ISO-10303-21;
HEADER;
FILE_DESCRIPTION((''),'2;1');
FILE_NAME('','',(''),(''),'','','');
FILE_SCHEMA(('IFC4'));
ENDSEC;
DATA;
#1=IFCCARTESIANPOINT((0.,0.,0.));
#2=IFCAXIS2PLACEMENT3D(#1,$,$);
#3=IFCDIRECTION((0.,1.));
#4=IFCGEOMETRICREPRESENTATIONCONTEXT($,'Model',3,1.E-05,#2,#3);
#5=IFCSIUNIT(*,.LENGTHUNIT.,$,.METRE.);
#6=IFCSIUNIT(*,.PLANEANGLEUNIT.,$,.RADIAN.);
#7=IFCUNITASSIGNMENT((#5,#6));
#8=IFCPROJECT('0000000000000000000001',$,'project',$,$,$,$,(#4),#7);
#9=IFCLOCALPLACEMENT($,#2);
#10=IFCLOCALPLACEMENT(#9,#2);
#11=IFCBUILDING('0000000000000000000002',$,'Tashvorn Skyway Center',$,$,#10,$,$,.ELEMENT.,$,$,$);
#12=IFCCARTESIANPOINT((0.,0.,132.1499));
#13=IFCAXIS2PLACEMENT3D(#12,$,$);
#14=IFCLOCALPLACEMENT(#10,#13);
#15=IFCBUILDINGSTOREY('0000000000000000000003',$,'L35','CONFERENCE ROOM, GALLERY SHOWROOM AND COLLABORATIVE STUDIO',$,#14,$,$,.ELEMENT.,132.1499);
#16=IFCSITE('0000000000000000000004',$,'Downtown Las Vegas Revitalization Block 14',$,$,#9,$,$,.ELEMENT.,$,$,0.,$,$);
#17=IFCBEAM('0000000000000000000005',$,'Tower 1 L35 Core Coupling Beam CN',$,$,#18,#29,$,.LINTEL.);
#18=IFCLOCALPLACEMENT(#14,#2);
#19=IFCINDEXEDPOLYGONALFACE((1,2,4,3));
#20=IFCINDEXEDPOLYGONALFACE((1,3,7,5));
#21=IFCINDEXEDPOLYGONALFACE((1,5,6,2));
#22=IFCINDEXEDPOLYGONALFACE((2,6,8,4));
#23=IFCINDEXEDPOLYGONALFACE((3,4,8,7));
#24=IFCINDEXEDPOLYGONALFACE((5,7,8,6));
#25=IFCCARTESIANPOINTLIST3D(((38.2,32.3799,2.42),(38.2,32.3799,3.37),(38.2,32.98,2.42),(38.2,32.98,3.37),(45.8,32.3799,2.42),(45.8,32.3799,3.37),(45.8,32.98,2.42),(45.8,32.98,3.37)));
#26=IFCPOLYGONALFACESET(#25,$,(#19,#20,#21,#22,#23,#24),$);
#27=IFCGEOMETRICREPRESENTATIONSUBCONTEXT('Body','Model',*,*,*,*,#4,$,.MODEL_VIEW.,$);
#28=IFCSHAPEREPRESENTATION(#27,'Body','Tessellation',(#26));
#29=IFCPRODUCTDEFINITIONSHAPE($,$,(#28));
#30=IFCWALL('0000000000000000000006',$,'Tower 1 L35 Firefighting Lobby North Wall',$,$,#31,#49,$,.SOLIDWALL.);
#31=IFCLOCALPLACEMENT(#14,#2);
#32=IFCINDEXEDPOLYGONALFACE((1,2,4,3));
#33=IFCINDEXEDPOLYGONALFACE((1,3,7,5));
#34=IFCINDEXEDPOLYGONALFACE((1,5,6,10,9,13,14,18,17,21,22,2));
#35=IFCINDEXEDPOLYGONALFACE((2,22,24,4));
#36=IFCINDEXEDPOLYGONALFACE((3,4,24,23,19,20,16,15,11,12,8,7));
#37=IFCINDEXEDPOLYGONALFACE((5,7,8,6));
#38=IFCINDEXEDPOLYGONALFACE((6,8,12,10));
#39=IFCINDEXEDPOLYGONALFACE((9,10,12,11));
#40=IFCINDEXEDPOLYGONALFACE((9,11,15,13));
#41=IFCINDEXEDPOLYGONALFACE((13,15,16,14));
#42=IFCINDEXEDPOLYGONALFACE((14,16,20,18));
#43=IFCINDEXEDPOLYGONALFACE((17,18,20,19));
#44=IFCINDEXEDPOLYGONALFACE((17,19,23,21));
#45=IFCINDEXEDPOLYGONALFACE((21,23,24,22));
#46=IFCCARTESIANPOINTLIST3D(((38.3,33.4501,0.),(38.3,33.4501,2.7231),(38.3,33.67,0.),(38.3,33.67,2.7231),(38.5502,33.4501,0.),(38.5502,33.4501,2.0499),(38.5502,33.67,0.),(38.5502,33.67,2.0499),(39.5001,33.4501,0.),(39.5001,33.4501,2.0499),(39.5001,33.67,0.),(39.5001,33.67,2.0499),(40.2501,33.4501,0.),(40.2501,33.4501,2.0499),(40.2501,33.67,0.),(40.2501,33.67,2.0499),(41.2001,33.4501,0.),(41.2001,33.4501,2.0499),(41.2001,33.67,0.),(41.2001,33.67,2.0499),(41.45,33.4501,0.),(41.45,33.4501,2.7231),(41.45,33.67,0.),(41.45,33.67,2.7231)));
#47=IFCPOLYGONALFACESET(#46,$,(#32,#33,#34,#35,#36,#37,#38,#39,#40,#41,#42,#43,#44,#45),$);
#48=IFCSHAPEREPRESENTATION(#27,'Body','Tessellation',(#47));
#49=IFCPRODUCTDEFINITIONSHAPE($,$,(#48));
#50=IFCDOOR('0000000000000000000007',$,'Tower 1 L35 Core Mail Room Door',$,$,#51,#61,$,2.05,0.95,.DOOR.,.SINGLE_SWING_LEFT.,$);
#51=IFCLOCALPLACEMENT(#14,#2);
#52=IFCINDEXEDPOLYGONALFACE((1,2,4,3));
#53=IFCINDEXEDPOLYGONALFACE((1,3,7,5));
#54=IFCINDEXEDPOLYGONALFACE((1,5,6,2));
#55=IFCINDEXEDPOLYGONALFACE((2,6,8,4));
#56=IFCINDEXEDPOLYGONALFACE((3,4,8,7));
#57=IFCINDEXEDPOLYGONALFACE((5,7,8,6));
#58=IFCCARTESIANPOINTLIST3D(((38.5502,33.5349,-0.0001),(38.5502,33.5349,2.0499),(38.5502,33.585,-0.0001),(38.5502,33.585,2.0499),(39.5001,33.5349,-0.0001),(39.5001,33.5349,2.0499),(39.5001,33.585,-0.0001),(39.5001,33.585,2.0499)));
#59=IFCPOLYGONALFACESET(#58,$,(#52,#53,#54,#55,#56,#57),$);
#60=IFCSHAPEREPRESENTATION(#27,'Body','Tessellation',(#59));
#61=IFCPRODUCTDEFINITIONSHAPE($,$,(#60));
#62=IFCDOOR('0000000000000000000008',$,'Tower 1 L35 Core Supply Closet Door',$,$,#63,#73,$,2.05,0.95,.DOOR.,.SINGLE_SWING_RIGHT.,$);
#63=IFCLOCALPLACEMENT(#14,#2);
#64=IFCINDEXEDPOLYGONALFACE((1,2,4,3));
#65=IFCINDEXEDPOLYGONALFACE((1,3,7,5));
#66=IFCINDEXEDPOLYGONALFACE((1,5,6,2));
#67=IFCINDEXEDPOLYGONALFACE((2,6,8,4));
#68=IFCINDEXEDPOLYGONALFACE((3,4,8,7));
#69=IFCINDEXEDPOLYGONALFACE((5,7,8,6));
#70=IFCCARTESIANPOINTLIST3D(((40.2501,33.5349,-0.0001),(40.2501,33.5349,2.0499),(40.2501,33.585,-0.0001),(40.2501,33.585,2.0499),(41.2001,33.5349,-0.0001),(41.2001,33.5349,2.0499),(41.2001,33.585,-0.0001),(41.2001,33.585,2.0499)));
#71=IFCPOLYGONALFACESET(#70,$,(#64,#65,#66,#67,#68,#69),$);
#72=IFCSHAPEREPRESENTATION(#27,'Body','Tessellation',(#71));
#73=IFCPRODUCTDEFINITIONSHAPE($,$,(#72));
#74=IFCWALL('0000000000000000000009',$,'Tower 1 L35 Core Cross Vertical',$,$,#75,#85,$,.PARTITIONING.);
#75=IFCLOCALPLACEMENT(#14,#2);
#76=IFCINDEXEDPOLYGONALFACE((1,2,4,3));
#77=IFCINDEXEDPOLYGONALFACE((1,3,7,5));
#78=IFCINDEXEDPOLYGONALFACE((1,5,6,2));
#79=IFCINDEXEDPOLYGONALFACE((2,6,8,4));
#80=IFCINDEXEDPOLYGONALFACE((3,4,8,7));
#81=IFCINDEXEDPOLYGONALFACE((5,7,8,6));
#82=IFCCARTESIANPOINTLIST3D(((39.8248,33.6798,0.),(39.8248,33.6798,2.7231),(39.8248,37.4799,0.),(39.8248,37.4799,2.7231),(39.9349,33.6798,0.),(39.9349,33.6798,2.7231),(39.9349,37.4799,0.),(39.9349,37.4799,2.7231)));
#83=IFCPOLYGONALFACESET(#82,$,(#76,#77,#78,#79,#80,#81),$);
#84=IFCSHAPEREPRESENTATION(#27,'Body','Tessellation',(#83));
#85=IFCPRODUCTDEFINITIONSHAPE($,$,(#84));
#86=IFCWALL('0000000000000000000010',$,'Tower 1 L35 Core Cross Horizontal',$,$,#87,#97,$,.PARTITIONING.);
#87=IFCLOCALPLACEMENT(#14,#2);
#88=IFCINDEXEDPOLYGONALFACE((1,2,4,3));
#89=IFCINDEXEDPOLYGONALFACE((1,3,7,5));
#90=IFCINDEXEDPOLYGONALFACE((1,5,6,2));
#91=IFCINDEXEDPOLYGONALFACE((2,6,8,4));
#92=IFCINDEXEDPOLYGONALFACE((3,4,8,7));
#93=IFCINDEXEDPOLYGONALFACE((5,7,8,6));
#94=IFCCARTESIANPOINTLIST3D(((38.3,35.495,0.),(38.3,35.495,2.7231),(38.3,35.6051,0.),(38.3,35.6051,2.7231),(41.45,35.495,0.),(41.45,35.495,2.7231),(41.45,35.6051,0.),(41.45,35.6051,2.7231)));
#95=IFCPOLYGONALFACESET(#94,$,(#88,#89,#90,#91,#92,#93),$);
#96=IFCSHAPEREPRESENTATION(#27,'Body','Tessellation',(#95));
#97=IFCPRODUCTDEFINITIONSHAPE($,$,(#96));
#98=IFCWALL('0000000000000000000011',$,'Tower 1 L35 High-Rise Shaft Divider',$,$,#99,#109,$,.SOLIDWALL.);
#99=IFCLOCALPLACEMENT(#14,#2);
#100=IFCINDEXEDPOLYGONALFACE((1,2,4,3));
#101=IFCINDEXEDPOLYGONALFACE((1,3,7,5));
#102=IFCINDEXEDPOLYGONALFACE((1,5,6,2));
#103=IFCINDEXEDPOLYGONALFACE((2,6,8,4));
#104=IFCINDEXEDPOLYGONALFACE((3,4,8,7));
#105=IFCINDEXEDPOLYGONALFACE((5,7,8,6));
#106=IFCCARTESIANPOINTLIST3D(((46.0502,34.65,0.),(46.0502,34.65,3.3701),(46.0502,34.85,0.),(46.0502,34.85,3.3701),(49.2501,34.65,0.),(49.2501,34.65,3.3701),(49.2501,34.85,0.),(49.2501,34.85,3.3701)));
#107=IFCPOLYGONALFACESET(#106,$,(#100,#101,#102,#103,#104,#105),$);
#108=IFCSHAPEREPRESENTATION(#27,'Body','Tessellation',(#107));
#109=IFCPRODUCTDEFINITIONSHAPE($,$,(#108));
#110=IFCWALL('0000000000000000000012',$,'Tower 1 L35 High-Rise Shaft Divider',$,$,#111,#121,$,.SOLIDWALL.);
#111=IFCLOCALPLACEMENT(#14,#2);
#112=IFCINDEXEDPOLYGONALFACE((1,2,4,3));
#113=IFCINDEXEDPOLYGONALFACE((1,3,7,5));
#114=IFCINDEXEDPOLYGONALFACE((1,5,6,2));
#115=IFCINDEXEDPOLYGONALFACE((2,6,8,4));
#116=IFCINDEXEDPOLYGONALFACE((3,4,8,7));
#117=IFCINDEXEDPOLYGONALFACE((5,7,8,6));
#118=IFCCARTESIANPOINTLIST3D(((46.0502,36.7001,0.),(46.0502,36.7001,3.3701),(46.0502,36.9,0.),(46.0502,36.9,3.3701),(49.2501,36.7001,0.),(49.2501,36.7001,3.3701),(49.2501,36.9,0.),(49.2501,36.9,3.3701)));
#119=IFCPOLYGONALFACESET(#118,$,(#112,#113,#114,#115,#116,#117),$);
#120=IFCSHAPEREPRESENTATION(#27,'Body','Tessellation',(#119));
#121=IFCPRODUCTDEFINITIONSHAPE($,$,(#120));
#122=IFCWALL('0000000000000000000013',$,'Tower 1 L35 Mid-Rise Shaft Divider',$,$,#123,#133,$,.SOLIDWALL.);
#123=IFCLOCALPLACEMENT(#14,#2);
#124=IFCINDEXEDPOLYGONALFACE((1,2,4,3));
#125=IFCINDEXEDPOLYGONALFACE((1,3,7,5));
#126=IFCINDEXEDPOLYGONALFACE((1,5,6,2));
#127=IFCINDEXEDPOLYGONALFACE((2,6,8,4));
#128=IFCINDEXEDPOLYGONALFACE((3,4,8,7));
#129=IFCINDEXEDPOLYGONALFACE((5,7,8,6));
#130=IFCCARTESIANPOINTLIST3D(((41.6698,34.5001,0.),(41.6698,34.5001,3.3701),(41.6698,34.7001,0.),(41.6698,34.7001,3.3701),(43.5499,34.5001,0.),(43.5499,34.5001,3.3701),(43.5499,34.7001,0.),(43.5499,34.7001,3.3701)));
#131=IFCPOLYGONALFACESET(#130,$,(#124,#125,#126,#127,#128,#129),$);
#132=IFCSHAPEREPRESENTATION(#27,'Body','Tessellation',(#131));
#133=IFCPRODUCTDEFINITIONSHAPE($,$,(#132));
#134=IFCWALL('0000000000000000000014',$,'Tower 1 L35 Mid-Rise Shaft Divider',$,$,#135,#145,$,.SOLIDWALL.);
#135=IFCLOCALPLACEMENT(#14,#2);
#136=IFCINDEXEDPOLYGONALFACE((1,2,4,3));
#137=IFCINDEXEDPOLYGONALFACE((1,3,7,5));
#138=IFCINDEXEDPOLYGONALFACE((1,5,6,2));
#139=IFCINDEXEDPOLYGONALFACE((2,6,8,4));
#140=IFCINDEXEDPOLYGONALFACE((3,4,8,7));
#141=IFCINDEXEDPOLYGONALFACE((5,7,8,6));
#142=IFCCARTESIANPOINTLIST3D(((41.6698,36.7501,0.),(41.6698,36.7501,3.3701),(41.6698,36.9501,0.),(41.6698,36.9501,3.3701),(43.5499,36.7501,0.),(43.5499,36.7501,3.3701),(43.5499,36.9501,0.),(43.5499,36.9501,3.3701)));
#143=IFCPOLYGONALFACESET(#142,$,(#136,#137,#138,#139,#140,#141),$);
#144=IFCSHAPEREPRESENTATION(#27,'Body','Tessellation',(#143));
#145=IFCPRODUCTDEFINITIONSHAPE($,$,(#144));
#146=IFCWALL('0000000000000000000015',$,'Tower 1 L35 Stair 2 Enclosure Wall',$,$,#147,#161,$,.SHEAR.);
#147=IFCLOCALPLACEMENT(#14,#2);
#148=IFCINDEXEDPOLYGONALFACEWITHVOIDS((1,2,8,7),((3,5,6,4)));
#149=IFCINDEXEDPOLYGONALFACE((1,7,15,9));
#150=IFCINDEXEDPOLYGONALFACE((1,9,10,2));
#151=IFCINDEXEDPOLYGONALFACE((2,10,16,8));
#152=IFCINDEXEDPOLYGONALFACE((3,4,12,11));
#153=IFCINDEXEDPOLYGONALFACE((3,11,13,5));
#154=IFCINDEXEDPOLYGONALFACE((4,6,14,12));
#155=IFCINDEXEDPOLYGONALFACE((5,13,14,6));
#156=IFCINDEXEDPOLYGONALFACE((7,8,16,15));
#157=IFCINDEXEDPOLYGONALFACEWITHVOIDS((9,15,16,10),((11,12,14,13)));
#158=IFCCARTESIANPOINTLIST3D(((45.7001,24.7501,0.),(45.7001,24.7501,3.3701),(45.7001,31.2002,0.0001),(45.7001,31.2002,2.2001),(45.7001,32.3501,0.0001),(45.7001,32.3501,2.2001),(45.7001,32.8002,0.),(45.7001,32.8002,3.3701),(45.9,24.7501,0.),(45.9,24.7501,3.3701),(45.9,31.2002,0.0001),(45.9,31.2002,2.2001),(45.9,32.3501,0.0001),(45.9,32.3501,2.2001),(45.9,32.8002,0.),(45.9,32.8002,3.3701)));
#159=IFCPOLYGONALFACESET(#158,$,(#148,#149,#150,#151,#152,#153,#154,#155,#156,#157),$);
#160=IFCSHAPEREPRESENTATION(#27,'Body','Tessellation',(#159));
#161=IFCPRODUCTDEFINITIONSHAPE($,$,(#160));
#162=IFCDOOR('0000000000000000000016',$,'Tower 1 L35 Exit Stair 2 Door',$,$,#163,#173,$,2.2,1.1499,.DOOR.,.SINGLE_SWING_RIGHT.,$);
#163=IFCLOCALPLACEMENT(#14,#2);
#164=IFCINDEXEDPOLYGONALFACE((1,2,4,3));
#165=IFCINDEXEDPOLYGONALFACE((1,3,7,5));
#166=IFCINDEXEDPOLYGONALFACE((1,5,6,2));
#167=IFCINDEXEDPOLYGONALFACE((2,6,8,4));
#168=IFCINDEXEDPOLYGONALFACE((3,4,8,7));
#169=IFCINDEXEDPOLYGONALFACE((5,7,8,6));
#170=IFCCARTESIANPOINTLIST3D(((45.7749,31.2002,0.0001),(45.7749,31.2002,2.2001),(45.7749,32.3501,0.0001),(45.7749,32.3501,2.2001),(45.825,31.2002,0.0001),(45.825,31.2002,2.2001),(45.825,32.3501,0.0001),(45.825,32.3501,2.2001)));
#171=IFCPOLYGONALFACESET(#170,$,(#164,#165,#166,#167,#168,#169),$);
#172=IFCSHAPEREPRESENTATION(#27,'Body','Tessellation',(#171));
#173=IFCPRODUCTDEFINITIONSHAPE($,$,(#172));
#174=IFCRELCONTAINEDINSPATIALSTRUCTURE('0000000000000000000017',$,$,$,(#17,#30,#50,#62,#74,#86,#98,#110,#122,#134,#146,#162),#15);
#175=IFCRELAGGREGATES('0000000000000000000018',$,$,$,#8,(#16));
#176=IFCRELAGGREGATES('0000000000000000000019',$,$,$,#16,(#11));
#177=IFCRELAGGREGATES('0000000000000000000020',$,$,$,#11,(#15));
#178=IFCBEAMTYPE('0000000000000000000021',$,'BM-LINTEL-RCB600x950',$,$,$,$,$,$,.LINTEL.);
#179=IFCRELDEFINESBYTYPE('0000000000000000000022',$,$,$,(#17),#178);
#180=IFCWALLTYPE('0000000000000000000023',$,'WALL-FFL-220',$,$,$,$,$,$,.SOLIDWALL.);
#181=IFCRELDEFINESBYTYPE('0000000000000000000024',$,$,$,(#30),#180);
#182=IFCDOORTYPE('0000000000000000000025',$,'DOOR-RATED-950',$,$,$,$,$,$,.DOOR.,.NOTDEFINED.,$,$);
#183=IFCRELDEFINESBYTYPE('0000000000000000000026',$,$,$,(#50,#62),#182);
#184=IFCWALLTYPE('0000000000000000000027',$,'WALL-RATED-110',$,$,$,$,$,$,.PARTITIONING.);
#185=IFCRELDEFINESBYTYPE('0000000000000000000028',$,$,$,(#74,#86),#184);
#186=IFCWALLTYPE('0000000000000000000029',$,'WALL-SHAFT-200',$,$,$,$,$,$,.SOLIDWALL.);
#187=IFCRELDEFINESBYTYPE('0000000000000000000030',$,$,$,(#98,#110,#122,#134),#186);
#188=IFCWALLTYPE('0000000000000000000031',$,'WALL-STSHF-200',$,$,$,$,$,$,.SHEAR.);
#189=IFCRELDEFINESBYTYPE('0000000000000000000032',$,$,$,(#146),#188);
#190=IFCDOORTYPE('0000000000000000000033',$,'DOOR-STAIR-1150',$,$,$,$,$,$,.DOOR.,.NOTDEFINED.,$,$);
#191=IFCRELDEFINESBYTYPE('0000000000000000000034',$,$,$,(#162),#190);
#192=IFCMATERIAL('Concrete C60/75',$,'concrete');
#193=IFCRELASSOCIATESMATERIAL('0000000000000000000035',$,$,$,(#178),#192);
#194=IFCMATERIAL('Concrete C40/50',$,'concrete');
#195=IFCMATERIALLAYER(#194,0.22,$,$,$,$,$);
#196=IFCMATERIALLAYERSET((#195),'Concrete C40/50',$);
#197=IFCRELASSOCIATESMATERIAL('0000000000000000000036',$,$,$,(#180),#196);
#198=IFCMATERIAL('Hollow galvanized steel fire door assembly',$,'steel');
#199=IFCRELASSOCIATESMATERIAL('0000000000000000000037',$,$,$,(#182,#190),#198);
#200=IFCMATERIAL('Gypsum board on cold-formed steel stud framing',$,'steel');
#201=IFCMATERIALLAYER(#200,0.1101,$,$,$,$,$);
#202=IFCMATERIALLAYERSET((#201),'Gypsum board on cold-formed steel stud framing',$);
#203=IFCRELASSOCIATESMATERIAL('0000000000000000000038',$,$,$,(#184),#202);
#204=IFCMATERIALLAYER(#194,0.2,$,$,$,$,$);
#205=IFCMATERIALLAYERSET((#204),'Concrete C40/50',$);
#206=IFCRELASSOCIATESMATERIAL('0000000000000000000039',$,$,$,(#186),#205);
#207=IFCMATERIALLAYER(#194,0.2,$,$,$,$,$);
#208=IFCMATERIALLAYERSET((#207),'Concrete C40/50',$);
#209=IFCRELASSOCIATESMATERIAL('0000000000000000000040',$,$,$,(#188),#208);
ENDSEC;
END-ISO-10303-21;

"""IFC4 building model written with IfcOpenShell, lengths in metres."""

from ifc_helpers import new_model, si_unit, direction, frame, frame_2d, origin, origin_2d, place, context, subcontext, project, spatial, rectangle, extrude, material, layer, layer_set, material_profile, profile_set, type_object, element, fill, save


model = new_model("IFC4")

# Units and contexts
model_context = context("Model", 3, precision=1e-05, world=origin(), true_north=direction((0.0, 1.0)))
body_context = subcontext(model_context, "Body", "Model", "MODEL_VIEW")
ifc_project = project(units=[si_unit("LENGTHUNIT", "METRE"), si_unit("PLANEANGLEUNIT", "RADIAN")], contexts=[model_context])

# Site, building, storey
site_placement = place(None, origin())
site = spatial("IfcSite", under=ifc_project, at=site_placement, Name="Downtown Las Vegas Revitalization Block 14", CompositionType="ELEMENT", RefElevation=0.0)
building_placement = place(site_placement, origin())
building = spatial("IfcBuilding", under=site, at=building_placement, Name="Tashvorn Skyway Center", CompositionType="ELEMENT")
storey_placement = place(building_placement, frame((0.0, 0.0, 132.1499)))
storey = spatial("IfcBuildingStorey", under=building, at=storey_placement, Name="L35", Description="CONFERENCE ROOM, GALLERY SHOWROOM AND COLLABORATIVE STUDIO", CompositionType="ELEMENT", Elevation=132.1499)

# Beam
ifc_material_1 = material(Name="Concrete C60/75", Category="concrete")
ifc_material_profile = material_profile(ifc_material_1, rectangle(XDim=0.6001, YDim=0.95, at=origin_2d()), Name="RCB600x950")
ifc_profile_set = profile_set([ifc_material_profile], Name="Concrete C60/75")
beam_type = type_object("IfcBeamType", Name="BM-LINTEL-RCB600x950", PredefinedType="LINTEL", material=ifc_profile_set)
beam_placement = place(storey_placement, frame((38.2, 32.6799, 2.895), z_axis=(1.0, 0.0, 0.0), x_axis=(0.0, 1.0, 0.0)))
element("IfcBeam", 1, at=beam_placement, inside=storey, type_object=beam_type, Name="Tower 1 L35 Core Coupling Beam CN", PredefinedType="LINTEL", context=body_context, shape_type="SweptSolid", body=[
    extrude(rectangle(XDim=0.6001, YDim=0.95, at=origin_2d()), origin(), (0.0, 0.0, 1.0), 7.6001),
])

# Wall, openings, doors
ifc_material_2 = material(Name="Concrete C40/50", Category="concrete")
ifc_layer_1 = layer(ifc_material_2, 0.22)
ifc_layer_set_1 = layer_set([ifc_layer_1], Name="Concrete C40/50")
wall_type_1 = type_object("IfcWallType", Name="WALL-FFL-220", PredefinedType="SOLIDWALL", material=ifc_layer_set_1)
wall_1_placement = place(storey_placement, frame((38.3, 33.5601, 0.0), z_axis=(0.0, 0.0, 1.0), x_axis=(1.0, 0.0, 0.0)))
wall_1 = element("IfcWall", 2, at=wall_1_placement, inside=storey, type_object=wall_type_1, Name="Tower 1 L35 Firefighting Lobby North Wall", PredefinedType="SOLIDWALL", context=body_context, shape_type="SweptSolid", body=[
    extrude(rectangle(XDim=3.1499, YDim=0.22, at=frame_2d((1.575, 0.0))), origin(), (0.0, 0.0, 1.0), 2.7231),
])
opening_1_placement = place(wall_1_placement, frame((0.25, 0.0, 0.0)))
opening_1 = element("IfcOpeningElement", 3, at=opening_1_placement, cuts=wall_1, PredefinedType="OPENING", context=body_context, shape_type="SweptSolid", body=[
    extrude(rectangle(XDim=0.95, YDim=2.05, at=frame_2d((0.4751, 1.0249))), frame((0.0, 0.1199, 0.0), z_axis=(0.0, -1.0, 0.0), x_axis=(1.0, 0.0, 0.0)), (0.0, 0.0, 1.0), 0.24),
])
opening_2_placement = place(wall_1_placement, frame((1.95, 0.0, 0.0)))
opening_2 = element("IfcOpeningElement", 4, at=opening_2_placement, cuts=wall_1, PredefinedType="OPENING", context=body_context, shape_type="SweptSolid", body=[
    extrude(rectangle(XDim=0.95, YDim=2.05, at=frame_2d((0.4751, 1.0249))), frame((0.0, 0.1199, 0.0), z_axis=(0.0, -1.0, 0.0), x_axis=(1.0, 0.0, 0.0)), (0.0, 0.0, 1.0), 0.24),
])
ifc_material_3 = material(Name="Hollow galvanized steel fire door assembly", Category="steel")
door_type_1 = type_object("IfcDoorType", Name="DOOR-RATED-950", OperationType="NOTDEFINED", PredefinedType="DOOR", material=ifc_material_3)
door_1_placement = place(opening_1_placement, origin())
door_1 = element("IfcDoor", 5, at=door_1_placement, inside=storey, type_object=door_type_1, Name="Tower 1 L35 Core Mail Room Door", OperationType="SINGLE_SWING_LEFT", OverallHeight=2.05, OverallWidth=0.95, PredefinedType="DOOR", context=body_context, shape_type="SweptSolid", body=[
    extrude(rectangle(XDim=0.95, YDim=2.05, at=frame_2d((0.4751, 1.0249))), frame((0.0, 0.0249, 0.0), z_axis=(0.0, -1.0, 0.0), x_axis=(1.0, 0.0, 0.0)), (0.0, 0.0, 1.0), 0.05),
])
fill(opening_1, door_1)
door_2_placement = place(opening_2_placement, origin())
door_2 = element("IfcDoor", 6, at=door_2_placement, inside=storey, type_object=door_type_1, Name="Tower 1 L35 Core Supply Closet Door", OperationType="SINGLE_SWING_RIGHT", OverallHeight=2.05, OverallWidth=0.95, PredefinedType="DOOR", context=body_context, shape_type="SweptSolid", body=[
    extrude(rectangle(XDim=0.95, YDim=2.05, at=frame_2d((0.4751, 1.0249))), frame((0.0, 0.0249, 0.0), z_axis=(0.0, -1.0, 0.0), x_axis=(1.0, 0.0, 0.0)), (0.0, 0.0, 1.0), 0.05),
])
fill(opening_2, door_2)

# Walls
ifc_material_4 = material(Name="Gypsum board on cold-formed steel stud framing", Category="steel")
ifc_layer_2 = layer(ifc_material_4, 0.1101)
ifc_layer_set_2 = layer_set([ifc_layer_2], Name="Gypsum board on cold-formed steel stud framing")
wall_type_2 = type_object("IfcWallType", Name="WALL-RATED-110", PredefinedType="PARTITIONING", material=ifc_layer_set_2)
wall_2_placement = place(storey_placement, frame((39.8799, 33.6799, 0.0), z_axis=(0.0, 0.0, 1.0), x_axis=(0.0, 1.0, 0.0)))
element("IfcWall", 7, at=wall_2_placement, inside=storey, type_object=wall_type_2, Name="Tower 1 L35 Core Cross Vertical", PredefinedType="PARTITIONING", context=body_context, shape_type="SweptSolid", body=[
    extrude(rectangle(XDim=3.8, YDim=0.1101, at=frame_2d((1.8999, 0.0))), origin(), (0.0, 0.0, 1.0), 2.7231),
])
wall_3_placement = place(storey_placement, frame((38.3, 35.55, 0.0), z_axis=(0.0, 0.0, 1.0), x_axis=(1.0, 0.0, 0.0)))
element("IfcWall", 8, at=wall_3_placement, inside=storey, type_object=wall_type_2, Name="Tower 1 L35 Core Cross Horizontal", PredefinedType="PARTITIONING", context=body_context, shape_type="SweptSolid", body=[
    extrude(rectangle(XDim=3.1499, YDim=0.1101, at=frame_2d((1.575, 0.0))), origin(), (0.0, 0.0, 1.0), 2.7231),
])
ifc_layer_3 = layer(ifc_material_2, 0.2)
ifc_layer_set_3 = layer_set([ifc_layer_3], Name="Concrete C40/50")
wall_type_3 = type_object("IfcWallType", Name="WALL-SHAFT-200", PredefinedType="SOLIDWALL", material=ifc_layer_set_3)
for number, where, z_axis, x_axis, name in (
    (9, (46.05, 34.75, 0.0), (0.0, 0.0, 1.0), (1.0, 0.0, 0.0), "Tower 1 L35 High-Rise Shaft Divider"),
    (10, (46.05, 36.8, 0.0), (0.0, 0.0, 1.0), (1.0, 0.0, 0.0), "Tower 1 L35 High-Rise Shaft Divider"),
):
    element("IfcWall", number, at=place(storey_placement, frame(where, z_axis=z_axis, x_axis=x_axis)), inside=storey, type_object=wall_type_3, Name=name, PredefinedType="SOLIDWALL", context=body_context, shape_type="SweptSolid", body=[
        extrude(rectangle(XDim=3.2, YDim=0.2, at=frame_2d((1.6001, 0.0))), origin(), (0.0, 0.0, 1.0), 3.3701),
    ])
for number, where, z_axis, x_axis, name in (
    (11, (41.6699, 34.6001, 0.0), (0.0, 0.0, 1.0), (1.0, 0.0, 0.0), "Tower 1 L35 Mid-Rise Shaft Divider"),
    (12, (41.6699, 36.8501, 0.0), (0.0, 0.0, 1.0), (1.0, 0.0, 0.0), "Tower 1 L35 Mid-Rise Shaft Divider"),
):
    element("IfcWall", number, at=place(storey_placement, frame(where, z_axis=z_axis, x_axis=x_axis)), inside=storey, type_object=wall_type_3, Name=name, PredefinedType="SOLIDWALL", context=body_context, shape_type="SweptSolid", body=[
        extrude(rectangle(XDim=1.8801, YDim=0.2, at=frame_2d((0.9399, 0.0))), origin(), (0.0, 0.0, 1.0), 3.3701),
    ])

# Wall, opening, door
ifc_layer_4 = layer(ifc_material_2, 0.2)
ifc_layer_set_4 = layer_set([ifc_layer_4], Name="Concrete C40/50")
wall_type_4 = type_object("IfcWallType", Name="WALL-STSHF-200", PredefinedType="SHEAR", material=ifc_layer_set_4)
wall_4_placement = place(storey_placement, frame((45.8, 32.8, 0.0), z_axis=(0.0, 0.0, 1.0), x_axis=(0.0, -1.0, 0.0)))
wall_4 = element("IfcWall", 13, at=wall_4_placement, inside=storey, type_object=wall_type_4, Name="Tower 1 L35 Stair 2 Enclosure Wall", PredefinedType="SHEAR", context=body_context, shape_type="SweptSolid", body=[
    extrude(rectangle(XDim=8.05, YDim=0.2, at=frame_2d((4.0249, 0.0))), origin(), (0.0, 0.0, 1.0), 3.3701),
])
opening_3_placement = place(wall_4_placement, frame((0.45, 0.0, 0.0)))
opening_3 = element("IfcOpeningElement", 14, at=opening_3_placement, cuts=wall_4, PredefinedType="OPENING", context=body_context, shape_type="SweptSolid", body=[
    extrude(rectangle(XDim=1.1499, YDim=2.2, at=frame_2d((0.575, 1.1001))), frame((0.0, 0.1099, 0.0), z_axis=(0.0, -1.0, 0.0), x_axis=(1.0, 0.0, 0.0)), (0.0, 0.0, 1.0), 0.22),
])
door_type_2 = type_object("IfcDoorType", Name="DOOR-STAIR-1150", OperationType="NOTDEFINED", PredefinedType="DOOR", material=ifc_material_3)
door_3_placement = place(opening_3_placement, origin())
door_3 = element("IfcDoor", 15, at=door_3_placement, inside=storey, type_object=door_type_2, Name="Tower 1 L35 Exit Stair 2 Door", OperationType="SINGLE_SWING_RIGHT", OverallHeight=2.2, OverallWidth=1.1499, PredefinedType="DOOR", context=body_context, shape_type="SweptSolid", body=[
    extrude(rectangle(XDim=1.1499, YDim=2.2, at=frame_2d((0.575, 1.1001))), frame((0.0, 0.0249, 0.0), z_axis=(0.0, -1.0, 0.0), x_axis=(1.0, 0.0, 0.0)), (0.0, 0.0, 1.0), 0.05),
])
fill(opening_3, door_3)

save(model, "model.ifc")
